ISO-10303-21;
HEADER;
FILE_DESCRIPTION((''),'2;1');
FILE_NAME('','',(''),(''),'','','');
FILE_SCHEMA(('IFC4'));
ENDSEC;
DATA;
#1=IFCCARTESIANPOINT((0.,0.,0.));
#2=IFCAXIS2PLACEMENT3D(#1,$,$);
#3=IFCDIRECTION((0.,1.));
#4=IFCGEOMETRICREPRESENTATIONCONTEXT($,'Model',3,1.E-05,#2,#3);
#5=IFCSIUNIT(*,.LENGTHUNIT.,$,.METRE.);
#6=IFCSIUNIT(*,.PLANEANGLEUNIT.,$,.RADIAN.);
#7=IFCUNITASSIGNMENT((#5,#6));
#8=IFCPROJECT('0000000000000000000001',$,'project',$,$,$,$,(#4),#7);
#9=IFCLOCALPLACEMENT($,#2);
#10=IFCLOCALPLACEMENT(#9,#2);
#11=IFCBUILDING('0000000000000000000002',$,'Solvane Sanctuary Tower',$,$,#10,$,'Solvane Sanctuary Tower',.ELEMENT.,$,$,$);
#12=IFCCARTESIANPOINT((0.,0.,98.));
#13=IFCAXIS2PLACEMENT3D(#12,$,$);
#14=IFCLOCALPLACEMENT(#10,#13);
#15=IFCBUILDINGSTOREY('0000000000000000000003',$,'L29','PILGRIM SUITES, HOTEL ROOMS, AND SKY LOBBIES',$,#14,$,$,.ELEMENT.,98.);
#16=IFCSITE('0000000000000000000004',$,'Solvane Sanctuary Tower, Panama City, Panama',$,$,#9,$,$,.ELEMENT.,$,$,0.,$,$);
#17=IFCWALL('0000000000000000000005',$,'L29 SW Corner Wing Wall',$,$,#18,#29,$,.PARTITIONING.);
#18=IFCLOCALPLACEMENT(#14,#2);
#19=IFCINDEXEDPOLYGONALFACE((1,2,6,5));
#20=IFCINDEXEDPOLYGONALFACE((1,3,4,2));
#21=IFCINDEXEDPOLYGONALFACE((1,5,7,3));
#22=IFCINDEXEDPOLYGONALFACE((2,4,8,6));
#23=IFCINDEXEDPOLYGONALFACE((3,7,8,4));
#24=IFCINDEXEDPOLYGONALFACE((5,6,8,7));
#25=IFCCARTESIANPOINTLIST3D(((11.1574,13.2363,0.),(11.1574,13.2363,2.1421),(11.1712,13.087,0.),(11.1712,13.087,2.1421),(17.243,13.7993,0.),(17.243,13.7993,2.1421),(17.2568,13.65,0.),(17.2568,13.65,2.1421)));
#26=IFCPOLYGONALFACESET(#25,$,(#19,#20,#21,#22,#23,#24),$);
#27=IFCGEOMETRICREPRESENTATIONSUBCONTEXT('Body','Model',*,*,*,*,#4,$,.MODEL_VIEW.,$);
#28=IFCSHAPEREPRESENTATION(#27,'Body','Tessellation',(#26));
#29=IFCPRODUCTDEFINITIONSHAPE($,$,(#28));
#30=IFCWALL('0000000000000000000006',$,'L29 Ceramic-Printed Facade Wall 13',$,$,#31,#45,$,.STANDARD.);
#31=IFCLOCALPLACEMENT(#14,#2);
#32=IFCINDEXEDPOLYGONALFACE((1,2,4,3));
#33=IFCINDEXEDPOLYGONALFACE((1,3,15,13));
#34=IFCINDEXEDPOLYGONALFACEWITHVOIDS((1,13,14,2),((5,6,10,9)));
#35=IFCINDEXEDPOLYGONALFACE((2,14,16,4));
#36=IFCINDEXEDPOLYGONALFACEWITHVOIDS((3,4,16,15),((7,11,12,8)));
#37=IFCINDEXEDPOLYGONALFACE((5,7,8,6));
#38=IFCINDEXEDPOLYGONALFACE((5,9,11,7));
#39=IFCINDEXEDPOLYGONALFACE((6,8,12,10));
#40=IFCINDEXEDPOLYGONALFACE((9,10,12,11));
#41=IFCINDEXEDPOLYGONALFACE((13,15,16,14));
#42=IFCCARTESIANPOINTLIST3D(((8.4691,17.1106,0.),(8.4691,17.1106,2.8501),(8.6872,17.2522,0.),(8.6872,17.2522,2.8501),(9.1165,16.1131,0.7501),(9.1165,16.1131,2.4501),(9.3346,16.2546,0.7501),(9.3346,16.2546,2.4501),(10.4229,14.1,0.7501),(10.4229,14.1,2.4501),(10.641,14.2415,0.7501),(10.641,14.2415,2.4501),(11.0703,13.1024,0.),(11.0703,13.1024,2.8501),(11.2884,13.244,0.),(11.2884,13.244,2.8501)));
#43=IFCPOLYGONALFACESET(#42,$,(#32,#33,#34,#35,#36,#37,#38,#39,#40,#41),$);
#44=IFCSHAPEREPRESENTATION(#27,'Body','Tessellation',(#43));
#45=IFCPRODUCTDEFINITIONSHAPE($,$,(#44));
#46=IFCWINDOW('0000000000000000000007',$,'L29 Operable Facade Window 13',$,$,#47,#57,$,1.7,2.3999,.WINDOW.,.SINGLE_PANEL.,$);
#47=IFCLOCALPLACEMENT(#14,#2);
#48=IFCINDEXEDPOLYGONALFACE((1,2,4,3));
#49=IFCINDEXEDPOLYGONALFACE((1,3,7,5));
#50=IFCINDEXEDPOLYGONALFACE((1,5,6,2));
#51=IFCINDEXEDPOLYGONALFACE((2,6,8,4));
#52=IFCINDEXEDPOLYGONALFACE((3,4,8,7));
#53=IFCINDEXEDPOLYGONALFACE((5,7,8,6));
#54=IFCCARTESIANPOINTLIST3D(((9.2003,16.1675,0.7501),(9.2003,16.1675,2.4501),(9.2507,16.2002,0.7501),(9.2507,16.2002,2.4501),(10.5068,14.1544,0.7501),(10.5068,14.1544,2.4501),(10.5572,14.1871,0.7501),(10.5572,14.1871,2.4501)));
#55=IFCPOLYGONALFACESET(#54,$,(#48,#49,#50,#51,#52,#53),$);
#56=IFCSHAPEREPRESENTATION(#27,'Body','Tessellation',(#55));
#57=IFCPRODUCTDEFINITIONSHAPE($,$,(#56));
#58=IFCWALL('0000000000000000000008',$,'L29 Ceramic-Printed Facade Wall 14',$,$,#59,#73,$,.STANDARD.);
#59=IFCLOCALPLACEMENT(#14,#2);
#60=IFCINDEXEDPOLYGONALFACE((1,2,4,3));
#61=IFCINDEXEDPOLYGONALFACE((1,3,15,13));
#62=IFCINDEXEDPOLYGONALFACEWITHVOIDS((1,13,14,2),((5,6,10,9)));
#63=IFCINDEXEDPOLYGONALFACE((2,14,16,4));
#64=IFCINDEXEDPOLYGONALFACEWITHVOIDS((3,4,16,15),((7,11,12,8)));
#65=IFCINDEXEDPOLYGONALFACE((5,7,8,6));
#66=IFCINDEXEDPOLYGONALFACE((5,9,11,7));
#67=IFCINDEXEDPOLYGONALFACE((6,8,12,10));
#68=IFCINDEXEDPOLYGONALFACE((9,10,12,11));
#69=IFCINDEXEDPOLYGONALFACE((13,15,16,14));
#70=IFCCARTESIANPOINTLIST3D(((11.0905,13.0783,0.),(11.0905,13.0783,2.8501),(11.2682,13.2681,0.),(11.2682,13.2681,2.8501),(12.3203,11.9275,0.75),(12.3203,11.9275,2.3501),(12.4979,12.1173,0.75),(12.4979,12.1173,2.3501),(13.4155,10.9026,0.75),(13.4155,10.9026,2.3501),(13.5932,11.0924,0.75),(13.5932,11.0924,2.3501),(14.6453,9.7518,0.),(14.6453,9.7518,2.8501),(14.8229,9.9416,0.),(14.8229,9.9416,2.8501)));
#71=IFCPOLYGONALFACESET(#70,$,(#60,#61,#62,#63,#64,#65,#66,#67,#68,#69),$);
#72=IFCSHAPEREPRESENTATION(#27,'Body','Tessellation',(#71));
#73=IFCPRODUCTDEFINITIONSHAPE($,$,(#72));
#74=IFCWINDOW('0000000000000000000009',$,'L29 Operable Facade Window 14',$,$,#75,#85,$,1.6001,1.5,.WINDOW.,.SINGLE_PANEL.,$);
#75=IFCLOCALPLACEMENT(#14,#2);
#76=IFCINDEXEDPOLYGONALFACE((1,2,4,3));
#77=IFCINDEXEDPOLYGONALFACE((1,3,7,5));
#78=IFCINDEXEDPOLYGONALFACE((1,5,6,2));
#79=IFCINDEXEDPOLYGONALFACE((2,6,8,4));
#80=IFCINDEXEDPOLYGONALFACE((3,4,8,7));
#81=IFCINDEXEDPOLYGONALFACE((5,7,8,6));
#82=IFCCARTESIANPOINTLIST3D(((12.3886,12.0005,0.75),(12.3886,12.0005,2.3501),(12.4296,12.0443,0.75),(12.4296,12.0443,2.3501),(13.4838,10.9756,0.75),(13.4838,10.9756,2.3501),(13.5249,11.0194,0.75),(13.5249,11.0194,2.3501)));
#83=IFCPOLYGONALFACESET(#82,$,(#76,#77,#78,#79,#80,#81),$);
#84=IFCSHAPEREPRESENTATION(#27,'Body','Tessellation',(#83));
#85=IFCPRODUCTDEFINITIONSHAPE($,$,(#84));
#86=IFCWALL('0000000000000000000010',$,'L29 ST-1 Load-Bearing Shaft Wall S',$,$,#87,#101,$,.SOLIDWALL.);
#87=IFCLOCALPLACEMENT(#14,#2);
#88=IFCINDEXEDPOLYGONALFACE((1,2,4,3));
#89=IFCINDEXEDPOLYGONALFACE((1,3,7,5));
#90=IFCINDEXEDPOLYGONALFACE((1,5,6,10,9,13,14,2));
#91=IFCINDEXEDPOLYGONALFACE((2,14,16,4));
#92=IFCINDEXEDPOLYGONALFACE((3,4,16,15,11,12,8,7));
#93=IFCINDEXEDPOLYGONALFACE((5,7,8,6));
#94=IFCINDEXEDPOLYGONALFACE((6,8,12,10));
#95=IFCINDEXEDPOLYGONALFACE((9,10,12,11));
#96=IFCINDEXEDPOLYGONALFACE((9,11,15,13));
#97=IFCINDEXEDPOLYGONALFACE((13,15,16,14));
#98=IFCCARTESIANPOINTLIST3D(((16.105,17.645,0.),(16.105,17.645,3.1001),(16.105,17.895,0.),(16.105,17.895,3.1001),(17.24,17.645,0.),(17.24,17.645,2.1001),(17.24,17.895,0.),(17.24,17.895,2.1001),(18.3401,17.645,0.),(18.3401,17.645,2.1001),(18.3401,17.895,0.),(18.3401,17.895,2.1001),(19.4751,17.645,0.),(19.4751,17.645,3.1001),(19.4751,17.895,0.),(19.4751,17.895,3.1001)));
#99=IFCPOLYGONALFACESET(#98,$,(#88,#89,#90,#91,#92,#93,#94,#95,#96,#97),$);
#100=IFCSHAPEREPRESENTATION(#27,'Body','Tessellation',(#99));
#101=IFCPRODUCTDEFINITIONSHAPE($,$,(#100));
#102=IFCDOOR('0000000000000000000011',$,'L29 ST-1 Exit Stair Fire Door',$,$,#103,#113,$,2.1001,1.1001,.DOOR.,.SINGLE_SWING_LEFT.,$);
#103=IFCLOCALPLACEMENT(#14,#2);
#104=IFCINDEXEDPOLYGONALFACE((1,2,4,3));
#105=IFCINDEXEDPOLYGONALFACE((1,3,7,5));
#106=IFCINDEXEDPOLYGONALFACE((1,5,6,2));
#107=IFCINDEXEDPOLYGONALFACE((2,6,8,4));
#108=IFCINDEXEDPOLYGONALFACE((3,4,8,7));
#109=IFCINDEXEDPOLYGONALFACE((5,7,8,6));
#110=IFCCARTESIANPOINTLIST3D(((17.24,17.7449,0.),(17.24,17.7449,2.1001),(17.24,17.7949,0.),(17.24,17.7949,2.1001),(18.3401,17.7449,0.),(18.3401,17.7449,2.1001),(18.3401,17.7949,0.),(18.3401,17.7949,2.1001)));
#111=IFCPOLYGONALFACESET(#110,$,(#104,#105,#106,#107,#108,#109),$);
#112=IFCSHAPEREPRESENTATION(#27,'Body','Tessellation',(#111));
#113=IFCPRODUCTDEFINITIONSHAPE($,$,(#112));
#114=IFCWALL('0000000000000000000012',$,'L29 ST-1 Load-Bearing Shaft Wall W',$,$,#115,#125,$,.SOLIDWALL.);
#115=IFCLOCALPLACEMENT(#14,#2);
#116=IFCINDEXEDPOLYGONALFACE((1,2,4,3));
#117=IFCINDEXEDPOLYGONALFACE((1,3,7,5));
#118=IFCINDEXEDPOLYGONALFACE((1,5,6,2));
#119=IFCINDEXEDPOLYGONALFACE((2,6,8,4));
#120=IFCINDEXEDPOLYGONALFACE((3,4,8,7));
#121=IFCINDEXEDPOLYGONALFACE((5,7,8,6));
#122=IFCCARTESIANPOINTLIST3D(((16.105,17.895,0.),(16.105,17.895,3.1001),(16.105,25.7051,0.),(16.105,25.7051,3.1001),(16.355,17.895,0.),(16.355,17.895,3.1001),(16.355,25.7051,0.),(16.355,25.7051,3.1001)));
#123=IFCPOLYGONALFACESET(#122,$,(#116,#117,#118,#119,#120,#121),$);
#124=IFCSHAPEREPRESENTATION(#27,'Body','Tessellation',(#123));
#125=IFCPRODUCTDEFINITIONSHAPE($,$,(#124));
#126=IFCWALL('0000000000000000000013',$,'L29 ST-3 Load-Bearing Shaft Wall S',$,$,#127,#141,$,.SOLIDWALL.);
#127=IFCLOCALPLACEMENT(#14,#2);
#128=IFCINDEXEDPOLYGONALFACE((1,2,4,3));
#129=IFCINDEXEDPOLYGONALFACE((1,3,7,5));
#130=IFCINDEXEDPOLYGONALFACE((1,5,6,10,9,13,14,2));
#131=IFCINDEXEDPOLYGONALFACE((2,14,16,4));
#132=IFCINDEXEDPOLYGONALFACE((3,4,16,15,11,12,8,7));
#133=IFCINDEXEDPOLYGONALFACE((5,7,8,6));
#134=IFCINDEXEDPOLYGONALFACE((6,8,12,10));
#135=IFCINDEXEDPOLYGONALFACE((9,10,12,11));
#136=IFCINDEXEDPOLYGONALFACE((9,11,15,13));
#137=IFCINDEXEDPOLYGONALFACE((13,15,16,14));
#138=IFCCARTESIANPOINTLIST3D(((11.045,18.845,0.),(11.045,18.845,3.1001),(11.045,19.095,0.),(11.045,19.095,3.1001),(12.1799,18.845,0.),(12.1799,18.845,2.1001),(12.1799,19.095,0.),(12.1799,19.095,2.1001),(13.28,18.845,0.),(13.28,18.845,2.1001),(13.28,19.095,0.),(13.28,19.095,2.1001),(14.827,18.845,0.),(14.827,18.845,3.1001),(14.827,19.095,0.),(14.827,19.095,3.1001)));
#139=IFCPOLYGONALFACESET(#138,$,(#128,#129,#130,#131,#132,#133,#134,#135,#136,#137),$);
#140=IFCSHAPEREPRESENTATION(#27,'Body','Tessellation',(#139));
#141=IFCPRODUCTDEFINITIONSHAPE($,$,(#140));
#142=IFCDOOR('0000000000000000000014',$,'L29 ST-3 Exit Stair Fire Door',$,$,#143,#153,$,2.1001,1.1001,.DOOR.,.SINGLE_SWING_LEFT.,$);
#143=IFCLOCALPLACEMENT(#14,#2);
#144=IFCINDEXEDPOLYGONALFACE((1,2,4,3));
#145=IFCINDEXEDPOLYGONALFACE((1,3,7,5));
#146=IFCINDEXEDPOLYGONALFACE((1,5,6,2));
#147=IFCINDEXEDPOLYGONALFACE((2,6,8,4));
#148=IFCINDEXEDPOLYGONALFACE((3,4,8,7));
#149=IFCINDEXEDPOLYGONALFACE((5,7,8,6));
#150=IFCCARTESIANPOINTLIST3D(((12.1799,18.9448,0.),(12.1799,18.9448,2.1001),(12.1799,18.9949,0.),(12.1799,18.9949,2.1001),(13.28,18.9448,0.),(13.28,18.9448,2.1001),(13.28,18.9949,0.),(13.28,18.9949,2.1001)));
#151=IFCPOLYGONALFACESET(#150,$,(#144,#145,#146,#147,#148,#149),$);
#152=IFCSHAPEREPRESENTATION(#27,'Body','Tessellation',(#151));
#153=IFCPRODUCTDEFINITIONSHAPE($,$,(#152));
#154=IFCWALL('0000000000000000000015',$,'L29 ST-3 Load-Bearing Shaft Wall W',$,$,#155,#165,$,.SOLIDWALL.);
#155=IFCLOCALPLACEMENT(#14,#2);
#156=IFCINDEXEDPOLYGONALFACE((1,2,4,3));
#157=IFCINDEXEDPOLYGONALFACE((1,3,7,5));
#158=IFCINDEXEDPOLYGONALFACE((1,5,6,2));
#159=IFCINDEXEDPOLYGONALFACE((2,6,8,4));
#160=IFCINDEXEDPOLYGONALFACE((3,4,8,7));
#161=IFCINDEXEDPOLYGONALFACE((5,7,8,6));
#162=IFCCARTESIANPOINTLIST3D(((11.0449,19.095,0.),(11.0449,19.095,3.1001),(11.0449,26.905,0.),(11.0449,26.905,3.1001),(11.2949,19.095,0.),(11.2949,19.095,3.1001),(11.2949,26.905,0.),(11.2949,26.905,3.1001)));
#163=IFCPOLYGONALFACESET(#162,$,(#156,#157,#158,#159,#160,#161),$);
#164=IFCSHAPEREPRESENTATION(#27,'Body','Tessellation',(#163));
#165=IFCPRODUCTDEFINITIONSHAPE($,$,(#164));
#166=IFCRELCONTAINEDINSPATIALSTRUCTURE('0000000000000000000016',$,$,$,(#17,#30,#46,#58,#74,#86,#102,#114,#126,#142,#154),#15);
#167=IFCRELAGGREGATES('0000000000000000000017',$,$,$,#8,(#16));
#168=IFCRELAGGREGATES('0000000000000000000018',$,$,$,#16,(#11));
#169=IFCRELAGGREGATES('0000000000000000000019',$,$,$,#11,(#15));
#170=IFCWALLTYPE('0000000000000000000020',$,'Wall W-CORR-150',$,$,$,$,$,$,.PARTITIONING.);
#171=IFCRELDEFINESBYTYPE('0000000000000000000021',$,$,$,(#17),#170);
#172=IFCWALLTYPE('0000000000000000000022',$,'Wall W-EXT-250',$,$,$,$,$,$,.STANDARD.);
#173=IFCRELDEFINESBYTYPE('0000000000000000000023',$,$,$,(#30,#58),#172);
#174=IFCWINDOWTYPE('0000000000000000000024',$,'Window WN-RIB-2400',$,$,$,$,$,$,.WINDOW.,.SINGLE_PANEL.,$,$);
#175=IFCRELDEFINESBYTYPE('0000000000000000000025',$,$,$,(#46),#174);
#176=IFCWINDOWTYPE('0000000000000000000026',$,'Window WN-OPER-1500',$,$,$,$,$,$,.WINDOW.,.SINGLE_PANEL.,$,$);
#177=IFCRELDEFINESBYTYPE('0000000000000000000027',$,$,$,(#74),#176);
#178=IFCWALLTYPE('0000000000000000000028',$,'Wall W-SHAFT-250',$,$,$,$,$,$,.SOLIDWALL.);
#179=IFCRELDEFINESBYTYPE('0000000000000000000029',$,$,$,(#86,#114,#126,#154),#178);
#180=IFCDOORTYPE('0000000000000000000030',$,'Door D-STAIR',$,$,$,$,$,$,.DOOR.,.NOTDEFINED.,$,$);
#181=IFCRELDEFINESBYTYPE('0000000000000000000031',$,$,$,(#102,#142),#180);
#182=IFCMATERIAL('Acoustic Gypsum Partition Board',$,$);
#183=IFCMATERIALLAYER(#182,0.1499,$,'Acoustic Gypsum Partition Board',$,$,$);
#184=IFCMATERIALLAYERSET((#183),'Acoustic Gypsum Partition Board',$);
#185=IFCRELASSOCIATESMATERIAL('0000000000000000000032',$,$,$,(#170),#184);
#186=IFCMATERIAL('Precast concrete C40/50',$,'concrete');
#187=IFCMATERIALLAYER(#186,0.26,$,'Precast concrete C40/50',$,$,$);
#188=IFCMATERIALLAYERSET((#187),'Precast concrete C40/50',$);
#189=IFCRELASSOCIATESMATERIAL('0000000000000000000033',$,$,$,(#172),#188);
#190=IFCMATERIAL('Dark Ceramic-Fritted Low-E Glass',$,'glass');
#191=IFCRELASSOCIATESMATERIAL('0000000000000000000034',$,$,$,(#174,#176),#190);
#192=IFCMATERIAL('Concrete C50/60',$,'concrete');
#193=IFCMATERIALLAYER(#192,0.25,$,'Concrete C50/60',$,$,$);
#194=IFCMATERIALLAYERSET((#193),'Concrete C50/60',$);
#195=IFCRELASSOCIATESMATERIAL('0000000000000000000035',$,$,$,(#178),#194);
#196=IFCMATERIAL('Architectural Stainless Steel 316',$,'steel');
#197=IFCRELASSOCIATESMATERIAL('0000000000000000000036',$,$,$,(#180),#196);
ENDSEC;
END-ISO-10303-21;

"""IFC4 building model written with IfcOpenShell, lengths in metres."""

from ifc_helpers import new_model, si_unit, direction, frame, frame_2d, origin, place, context, subcontext, project, spatial, rectangle, extrude, material, layer, layer_set, type_object, element, fill, save


model = new_model("IFC4")

# Units and contexts
model_context = context("Model", 3, precision=1e-05, world=origin(), true_north=direction((0.0, 1.0)))
body_context = subcontext(model_context, "Body", "Model", "MODEL_VIEW")
ifc_project = project(units=[si_unit("LENGTHUNIT", "METRE"), si_unit("PLANEANGLEUNIT", "RADIAN")], contexts=[model_context])

# Site, building, storey
site_placement = place(None, origin())
site = spatial("IfcSite", under=ifc_project, at=site_placement, Name="Solvane Sanctuary Tower, Panama City, Panama", CompositionType="ELEMENT", RefElevation=0.0)
building_placement = place(site_placement, origin())
building = spatial("IfcBuilding", under=site, at=building_placement, Name="Solvane Sanctuary Tower", LongName="Solvane Sanctuary Tower", CompositionType="ELEMENT")
storey_placement = place(building_placement, frame((0.0, 0.0, 98.0)))
storey = spatial("IfcBuildingStorey", under=building, at=storey_placement, Name="L29", Description="PILGRIM SUITES, HOTEL ROOMS, AND SKY LOBBIES", CompositionType="ELEMENT", Elevation=98.0)

# Shared definitions
ifc_material_1 = material(Name="Acoustic Gypsum Partition Board")
ifc_layer_1 = layer(ifc_material_1, 0.1499, Name="Acoustic Gypsum Partition Board")
ifc_layer_set_1 = layer_set([ifc_layer_1], Name="Acoustic Gypsum Partition Board")
wall_type_1 = type_object("IfcWallType", Name="Wall W-CORR-150", PredefinedType="PARTITIONING", material=ifc_layer_set_1)

# Wall
wall_1_placement = place(storey_placement, frame((17.2498, 13.7246, 0.0), z_axis=(0.0, 0.0, 1.0), x_axis=(-0.995748, -0.092117, 0.0)))
element("IfcWall", 1, at=wall_1_placement, inside=storey, type_object=wall_type_1, Name="L29 SW Corner Wing Wall", PredefinedType="PARTITIONING", context=body_context, shape_type="SweptSolid", body=[
    extrude(rectangle(XDim=6.1116, YDim=0.1499, at=frame_2d((3.0557, 0.0))), origin(), (0.0, 0.0, 1.0), 2.1421),
])

# Walls, openings, windows
ifc_material_2 = material(Name="Precast concrete C40/50", Category="concrete")
ifc_layer_2 = layer(ifc_material_2, 0.26, Name="Precast concrete C40/50")
ifc_layer_set_2 = layer_set([ifc_layer_2], Name="Precast concrete C40/50")
wall_type_2 = type_object("IfcWallType", Name="Wall W-EXT-250", PredefinedType="STANDARD", material=ifc_layer_set_2)
wall_2_placement = place(storey_placement, frame((8.5781, 17.1814, 0.0), z_axis=(0.0, 0.0, 1.0), x_axis=(0.544388, -0.838833, 0.0)))
wall_2 = element("IfcWall", 2, at=wall_2_placement, inside=storey, type_object=wall_type_2, Name="L29 Ceramic-Printed Facade Wall 13", PredefinedType="STANDARD", context=body_context, shape_type="SweptSolid", body=[
    extrude(rectangle(XDim=4.7783, YDim=0.26, at=frame_2d((2.3892, 0.0))), origin(), (0.0, 0.0, 1.0), 2.8501),
])
opening_1_placement = place(wall_2_placement, frame((1.1892, 0.0, 0.75)))
opening_1 = element("IfcOpeningElement", 3, at=opening_1_placement, cuts=wall_2, PredefinedType="OPENING", context=body_context, shape_type="SweptSolid", body=[
    extrude(rectangle(XDim=2.3999, YDim=1.7, at=frame_2d((1.2, 0.8501))), frame((0.0, 0.1399, 0.0), z_axis=(0.0, -1.0, 0.0), x_axis=(1.0, 0.0, 0.0)), (0.0, 0.0, 1.0), 0.28),
])
ifc_material_3 = material(Name="Dark Ceramic-Fritted Low-E Glass", Category="glass")
window_type_1 = type_object("IfcWindowType", Name="Window WN-RIB-2400", PartitioningType="SINGLE_PANEL", PredefinedType="WINDOW", material=ifc_material_3)
window_1_placement = place(opening_1_placement, origin())
window_1 = element("IfcWindow", 4, at=window_1_placement, inside=storey, type_object=window_type_1, Name="L29 Operable Facade Window 13", OverallHeight=1.7, OverallWidth=2.3999, PartitioningType="SINGLE_PANEL", PredefinedType="WINDOW", context=body_context, shape_type="SweptSolid", body=[
    extrude(rectangle(XDim=2.3999, YDim=1.7, at=frame_2d((1.2, 0.8501))), frame((0.0, 0.03, 0.0), z_axis=(0.0, -1.0, 0.0), x_axis=(1.0, 0.0, 0.0)), (0.0, 0.0, 1.0), 0.0601),
])
fill(opening_1, window_1)
wall_3_placement = place(storey_placement, frame((11.1794, 13.1731, 0.0), z_axis=(0.0, 0.0, 1.0), x_axis=(0.730162, -0.683274, 0.0)))
wall_3 = element("IfcWall", 5, at=wall_3_placement, inside=storey, type_object=wall_type_2, Name="L29 Ceramic-Printed Facade Wall 14", PredefinedType="STANDARD", context=body_context, shape_type="SweptSolid", body=[
    extrude(rectangle(XDim=4.8684, YDim=0.26, at=frame_2d((2.4341, 0.0))), origin(), (0.0, 0.0, 1.0), 2.8501),
])
opening_2_placement = place(wall_3_placement, frame((1.6841, 0.0, 0.75)))
opening_2 = element("IfcOpeningElement", 6, at=opening_2_placement, cuts=wall_3, PredefinedType="OPENING", context=body_context, shape_type="SweptSolid", body=[
    extrude(rectangle(XDim=1.5, YDim=1.6001, at=frame_2d((0.75, 0.8))), frame((0.0, 0.1399, 0.0), z_axis=(0.0, -1.0, 0.0), x_axis=(1.0, 0.0, 0.0)), (0.0, 0.0, 1.0), 0.28),
])
window_type_2 = type_object("IfcWindowType", Name="Window WN-OPER-1500", PartitioningType="SINGLE_PANEL", PredefinedType="WINDOW", material=ifc_material_3)
window_2_placement = place(opening_2_placement, origin())
window_2 = element("IfcWindow", 7, at=window_2_placement, inside=storey, type_object=window_type_2, Name="L29 Operable Facade Window 14", OverallHeight=1.6001, OverallWidth=1.5, PartitioningType="SINGLE_PANEL", PredefinedType="WINDOW", context=body_context, shape_type="SweptSolid", body=[
    extrude(rectangle(XDim=1.5, YDim=1.6001, at=frame_2d((0.75, 0.8))), frame((0.0, 0.03, 0.0), z_axis=(0.0, -1.0, 0.0), x_axis=(1.0, 0.0, 0.0)), (0.0, 0.0, 1.0), 0.0601),
])
fill(opening_2, window_2)

# Wall, opening, door
ifc_material_4 = material(Name="Concrete C50/60", Category="concrete")
ifc_layer_3 = layer(ifc_material_4, 0.25, Name="Concrete C50/60")
ifc_layer_set_3 = layer_set([ifc_layer_3], Name="Concrete C50/60")
wall_type_3 = type_object("IfcWallType", Name="Wall W-SHAFT-250", PredefinedType="SOLIDWALL", material=ifc_layer_set_3)
wall_4_placement = place(storey_placement, frame((16.105, 17.77, 0.0), z_axis=(0.0, 0.0, 1.0), x_axis=(1.0, 0.0, 0.0)))
wall_4 = element("IfcWall", 8, at=wall_4_placement, inside=storey, type_object=wall_type_3, Name="L29 ST-1 Load-Bearing Shaft Wall S", PredefinedType="SOLIDWALL", context=body_context, shape_type="SweptSolid", body=[
    extrude(rectangle(XDim=3.3701, YDim=0.25, at=frame_2d((1.6851, 0.0))), origin(), (0.0, 0.0, 1.0), 3.1001),
])
opening_3_placement = place(wall_4_placement, frame((1.135, 0.0, 0.0)))
opening_3 = element("IfcOpeningElement", 9, at=opening_3_placement, cuts=wall_4, PredefinedType="OPENING", context=body_context, shape_type="SweptSolid", body=[
    extrude(rectangle(XDim=1.1001, YDim=2.1001, at=frame_2d((0.55, 1.05))), frame((0.0, 0.135, 0.0), z_axis=(0.0, -1.0, 0.0), x_axis=(1.0, 0.0, 0.0)), (0.0, 0.0, 1.0), 0.27),
])
ifc_material_5 = material(Name="Architectural Stainless Steel 316", Category="steel")
door_type_1 = type_object("IfcDoorType", Name="Door D-STAIR", OperationType="NOTDEFINED", PredefinedType="DOOR", material=ifc_material_5)
door_1_placement = place(opening_3_placement, origin())
door_1 = element("IfcDoor", 10, at=door_1_placement, inside=storey, type_object=door_type_1, Name="L29 ST-1 Exit Stair Fire Door", OperationType="SINGLE_SWING_LEFT", OverallHeight=2.1001, OverallWidth=1.1001, PredefinedType="DOOR", context=body_context, shape_type="SweptSolid", body=[
    extrude(rectangle(XDim=1.1001, YDim=2.1001, at=frame_2d((0.55, 1.05))), frame((0.0, 0.0249, 0.0), z_axis=(0.0, -1.0, 0.0), x_axis=(1.0, 0.0, 0.0)), (0.0, 0.0, 1.0), 0.05),
])
fill(opening_3, door_1)

# Wall
wall_5_placement = place(storey_placement, frame((16.23, 17.895, 0.0), z_axis=(0.0, 0.0, 1.0), x_axis=(0.0, 1.0, 0.0)))
element("IfcWall", 11, at=wall_5_placement, inside=storey, type_object=wall_type_3, Name="L29 ST-1 Load-Bearing Shaft Wall W", PredefinedType="SOLIDWALL", context=body_context, shape_type="SweptSolid", body=[
    extrude(rectangle(XDim=7.8101, YDim=0.25, at=frame_2d((3.905, 0.0))), origin(), (0.0, 0.0, 1.0), 3.1001),
])

# Wall, opening, door
wall_6_placement = place(storey_placement, frame((11.0449, 18.97, 0.0), z_axis=(0.0, 0.0, 1.0), x_axis=(1.0, 0.0, 0.0)))
wall_6 = element("IfcWall", 12, at=wall_6_placement, inside=storey, type_object=wall_type_3, Name="L29 ST-3 Load-Bearing Shaft Wall S", PredefinedType="SOLIDWALL", context=body_context, shape_type="SweptSolid", body=[
    extrude(rectangle(XDim=3.782, YDim=0.25, at=frame_2d((1.8911, 0.0))), origin(), (0.0, 0.0, 1.0), 3.1001),
])
opening_4_placement = place(wall_6_placement, frame((1.135, 0.0, 0.0)))
opening_4 = element("IfcOpeningElement", 13, at=opening_4_placement, cuts=wall_6, PredefinedType="OPENING", context=body_context, shape_type="SweptSolid", body=[
    extrude(rectangle(XDim=1.1001, YDim=2.1001, at=frame_2d((0.55, 1.05))), frame((0.0, 0.135, 0.0), z_axis=(0.0, -1.0, 0.0), x_axis=(1.0, 0.0, 0.0)), (0.0, 0.0, 1.0), 0.27),
])
door_2_placement = place(opening_4_placement, origin())
door_2 = element("IfcDoor", 14, at=door_2_placement, inside=storey, type_object=door_type_1, Name="L29 ST-3 Exit Stair Fire Door", OperationType="SINGLE_SWING_LEFT", OverallHeight=2.1001, OverallWidth=1.1001, PredefinedType="DOOR", context=body_context, shape_type="SweptSolid", body=[
    extrude(rectangle(XDim=1.1001, YDim=2.1001, at=frame_2d((0.55, 1.05))), frame((0.0, 0.0249, 0.0), z_axis=(0.0, -1.0, 0.0), x_axis=(1.0, 0.0, 0.0)), (0.0, 0.0, 1.0), 0.05),
])
fill(opening_4, door_2)

# Wall
for number, where, z_axis, x_axis, name in (
    (15, (11.1699, 19.095, 0.0), (0.0, 0.0, 1.0), (0.0, 1.0, 0.0), "L29 ST-3 Load-Bearing Shaft Wall W"),
):
    element("IfcWall", number, at=place(storey_placement, frame(where, z_axis=z_axis, x_axis=x_axis)), inside=storey, type_object=wall_type_3, Name=name, PredefinedType="SOLIDWALL", context=body_context, shape_type="SweptSolid", body=[
        extrude(rectangle(XDim=7.8101, YDim=0.25, at=frame_2d((3.905, 0.0))), origin(), (0.0, 0.0, 1.0), 3.1001),
    ])

save(model, "model.ifc")
